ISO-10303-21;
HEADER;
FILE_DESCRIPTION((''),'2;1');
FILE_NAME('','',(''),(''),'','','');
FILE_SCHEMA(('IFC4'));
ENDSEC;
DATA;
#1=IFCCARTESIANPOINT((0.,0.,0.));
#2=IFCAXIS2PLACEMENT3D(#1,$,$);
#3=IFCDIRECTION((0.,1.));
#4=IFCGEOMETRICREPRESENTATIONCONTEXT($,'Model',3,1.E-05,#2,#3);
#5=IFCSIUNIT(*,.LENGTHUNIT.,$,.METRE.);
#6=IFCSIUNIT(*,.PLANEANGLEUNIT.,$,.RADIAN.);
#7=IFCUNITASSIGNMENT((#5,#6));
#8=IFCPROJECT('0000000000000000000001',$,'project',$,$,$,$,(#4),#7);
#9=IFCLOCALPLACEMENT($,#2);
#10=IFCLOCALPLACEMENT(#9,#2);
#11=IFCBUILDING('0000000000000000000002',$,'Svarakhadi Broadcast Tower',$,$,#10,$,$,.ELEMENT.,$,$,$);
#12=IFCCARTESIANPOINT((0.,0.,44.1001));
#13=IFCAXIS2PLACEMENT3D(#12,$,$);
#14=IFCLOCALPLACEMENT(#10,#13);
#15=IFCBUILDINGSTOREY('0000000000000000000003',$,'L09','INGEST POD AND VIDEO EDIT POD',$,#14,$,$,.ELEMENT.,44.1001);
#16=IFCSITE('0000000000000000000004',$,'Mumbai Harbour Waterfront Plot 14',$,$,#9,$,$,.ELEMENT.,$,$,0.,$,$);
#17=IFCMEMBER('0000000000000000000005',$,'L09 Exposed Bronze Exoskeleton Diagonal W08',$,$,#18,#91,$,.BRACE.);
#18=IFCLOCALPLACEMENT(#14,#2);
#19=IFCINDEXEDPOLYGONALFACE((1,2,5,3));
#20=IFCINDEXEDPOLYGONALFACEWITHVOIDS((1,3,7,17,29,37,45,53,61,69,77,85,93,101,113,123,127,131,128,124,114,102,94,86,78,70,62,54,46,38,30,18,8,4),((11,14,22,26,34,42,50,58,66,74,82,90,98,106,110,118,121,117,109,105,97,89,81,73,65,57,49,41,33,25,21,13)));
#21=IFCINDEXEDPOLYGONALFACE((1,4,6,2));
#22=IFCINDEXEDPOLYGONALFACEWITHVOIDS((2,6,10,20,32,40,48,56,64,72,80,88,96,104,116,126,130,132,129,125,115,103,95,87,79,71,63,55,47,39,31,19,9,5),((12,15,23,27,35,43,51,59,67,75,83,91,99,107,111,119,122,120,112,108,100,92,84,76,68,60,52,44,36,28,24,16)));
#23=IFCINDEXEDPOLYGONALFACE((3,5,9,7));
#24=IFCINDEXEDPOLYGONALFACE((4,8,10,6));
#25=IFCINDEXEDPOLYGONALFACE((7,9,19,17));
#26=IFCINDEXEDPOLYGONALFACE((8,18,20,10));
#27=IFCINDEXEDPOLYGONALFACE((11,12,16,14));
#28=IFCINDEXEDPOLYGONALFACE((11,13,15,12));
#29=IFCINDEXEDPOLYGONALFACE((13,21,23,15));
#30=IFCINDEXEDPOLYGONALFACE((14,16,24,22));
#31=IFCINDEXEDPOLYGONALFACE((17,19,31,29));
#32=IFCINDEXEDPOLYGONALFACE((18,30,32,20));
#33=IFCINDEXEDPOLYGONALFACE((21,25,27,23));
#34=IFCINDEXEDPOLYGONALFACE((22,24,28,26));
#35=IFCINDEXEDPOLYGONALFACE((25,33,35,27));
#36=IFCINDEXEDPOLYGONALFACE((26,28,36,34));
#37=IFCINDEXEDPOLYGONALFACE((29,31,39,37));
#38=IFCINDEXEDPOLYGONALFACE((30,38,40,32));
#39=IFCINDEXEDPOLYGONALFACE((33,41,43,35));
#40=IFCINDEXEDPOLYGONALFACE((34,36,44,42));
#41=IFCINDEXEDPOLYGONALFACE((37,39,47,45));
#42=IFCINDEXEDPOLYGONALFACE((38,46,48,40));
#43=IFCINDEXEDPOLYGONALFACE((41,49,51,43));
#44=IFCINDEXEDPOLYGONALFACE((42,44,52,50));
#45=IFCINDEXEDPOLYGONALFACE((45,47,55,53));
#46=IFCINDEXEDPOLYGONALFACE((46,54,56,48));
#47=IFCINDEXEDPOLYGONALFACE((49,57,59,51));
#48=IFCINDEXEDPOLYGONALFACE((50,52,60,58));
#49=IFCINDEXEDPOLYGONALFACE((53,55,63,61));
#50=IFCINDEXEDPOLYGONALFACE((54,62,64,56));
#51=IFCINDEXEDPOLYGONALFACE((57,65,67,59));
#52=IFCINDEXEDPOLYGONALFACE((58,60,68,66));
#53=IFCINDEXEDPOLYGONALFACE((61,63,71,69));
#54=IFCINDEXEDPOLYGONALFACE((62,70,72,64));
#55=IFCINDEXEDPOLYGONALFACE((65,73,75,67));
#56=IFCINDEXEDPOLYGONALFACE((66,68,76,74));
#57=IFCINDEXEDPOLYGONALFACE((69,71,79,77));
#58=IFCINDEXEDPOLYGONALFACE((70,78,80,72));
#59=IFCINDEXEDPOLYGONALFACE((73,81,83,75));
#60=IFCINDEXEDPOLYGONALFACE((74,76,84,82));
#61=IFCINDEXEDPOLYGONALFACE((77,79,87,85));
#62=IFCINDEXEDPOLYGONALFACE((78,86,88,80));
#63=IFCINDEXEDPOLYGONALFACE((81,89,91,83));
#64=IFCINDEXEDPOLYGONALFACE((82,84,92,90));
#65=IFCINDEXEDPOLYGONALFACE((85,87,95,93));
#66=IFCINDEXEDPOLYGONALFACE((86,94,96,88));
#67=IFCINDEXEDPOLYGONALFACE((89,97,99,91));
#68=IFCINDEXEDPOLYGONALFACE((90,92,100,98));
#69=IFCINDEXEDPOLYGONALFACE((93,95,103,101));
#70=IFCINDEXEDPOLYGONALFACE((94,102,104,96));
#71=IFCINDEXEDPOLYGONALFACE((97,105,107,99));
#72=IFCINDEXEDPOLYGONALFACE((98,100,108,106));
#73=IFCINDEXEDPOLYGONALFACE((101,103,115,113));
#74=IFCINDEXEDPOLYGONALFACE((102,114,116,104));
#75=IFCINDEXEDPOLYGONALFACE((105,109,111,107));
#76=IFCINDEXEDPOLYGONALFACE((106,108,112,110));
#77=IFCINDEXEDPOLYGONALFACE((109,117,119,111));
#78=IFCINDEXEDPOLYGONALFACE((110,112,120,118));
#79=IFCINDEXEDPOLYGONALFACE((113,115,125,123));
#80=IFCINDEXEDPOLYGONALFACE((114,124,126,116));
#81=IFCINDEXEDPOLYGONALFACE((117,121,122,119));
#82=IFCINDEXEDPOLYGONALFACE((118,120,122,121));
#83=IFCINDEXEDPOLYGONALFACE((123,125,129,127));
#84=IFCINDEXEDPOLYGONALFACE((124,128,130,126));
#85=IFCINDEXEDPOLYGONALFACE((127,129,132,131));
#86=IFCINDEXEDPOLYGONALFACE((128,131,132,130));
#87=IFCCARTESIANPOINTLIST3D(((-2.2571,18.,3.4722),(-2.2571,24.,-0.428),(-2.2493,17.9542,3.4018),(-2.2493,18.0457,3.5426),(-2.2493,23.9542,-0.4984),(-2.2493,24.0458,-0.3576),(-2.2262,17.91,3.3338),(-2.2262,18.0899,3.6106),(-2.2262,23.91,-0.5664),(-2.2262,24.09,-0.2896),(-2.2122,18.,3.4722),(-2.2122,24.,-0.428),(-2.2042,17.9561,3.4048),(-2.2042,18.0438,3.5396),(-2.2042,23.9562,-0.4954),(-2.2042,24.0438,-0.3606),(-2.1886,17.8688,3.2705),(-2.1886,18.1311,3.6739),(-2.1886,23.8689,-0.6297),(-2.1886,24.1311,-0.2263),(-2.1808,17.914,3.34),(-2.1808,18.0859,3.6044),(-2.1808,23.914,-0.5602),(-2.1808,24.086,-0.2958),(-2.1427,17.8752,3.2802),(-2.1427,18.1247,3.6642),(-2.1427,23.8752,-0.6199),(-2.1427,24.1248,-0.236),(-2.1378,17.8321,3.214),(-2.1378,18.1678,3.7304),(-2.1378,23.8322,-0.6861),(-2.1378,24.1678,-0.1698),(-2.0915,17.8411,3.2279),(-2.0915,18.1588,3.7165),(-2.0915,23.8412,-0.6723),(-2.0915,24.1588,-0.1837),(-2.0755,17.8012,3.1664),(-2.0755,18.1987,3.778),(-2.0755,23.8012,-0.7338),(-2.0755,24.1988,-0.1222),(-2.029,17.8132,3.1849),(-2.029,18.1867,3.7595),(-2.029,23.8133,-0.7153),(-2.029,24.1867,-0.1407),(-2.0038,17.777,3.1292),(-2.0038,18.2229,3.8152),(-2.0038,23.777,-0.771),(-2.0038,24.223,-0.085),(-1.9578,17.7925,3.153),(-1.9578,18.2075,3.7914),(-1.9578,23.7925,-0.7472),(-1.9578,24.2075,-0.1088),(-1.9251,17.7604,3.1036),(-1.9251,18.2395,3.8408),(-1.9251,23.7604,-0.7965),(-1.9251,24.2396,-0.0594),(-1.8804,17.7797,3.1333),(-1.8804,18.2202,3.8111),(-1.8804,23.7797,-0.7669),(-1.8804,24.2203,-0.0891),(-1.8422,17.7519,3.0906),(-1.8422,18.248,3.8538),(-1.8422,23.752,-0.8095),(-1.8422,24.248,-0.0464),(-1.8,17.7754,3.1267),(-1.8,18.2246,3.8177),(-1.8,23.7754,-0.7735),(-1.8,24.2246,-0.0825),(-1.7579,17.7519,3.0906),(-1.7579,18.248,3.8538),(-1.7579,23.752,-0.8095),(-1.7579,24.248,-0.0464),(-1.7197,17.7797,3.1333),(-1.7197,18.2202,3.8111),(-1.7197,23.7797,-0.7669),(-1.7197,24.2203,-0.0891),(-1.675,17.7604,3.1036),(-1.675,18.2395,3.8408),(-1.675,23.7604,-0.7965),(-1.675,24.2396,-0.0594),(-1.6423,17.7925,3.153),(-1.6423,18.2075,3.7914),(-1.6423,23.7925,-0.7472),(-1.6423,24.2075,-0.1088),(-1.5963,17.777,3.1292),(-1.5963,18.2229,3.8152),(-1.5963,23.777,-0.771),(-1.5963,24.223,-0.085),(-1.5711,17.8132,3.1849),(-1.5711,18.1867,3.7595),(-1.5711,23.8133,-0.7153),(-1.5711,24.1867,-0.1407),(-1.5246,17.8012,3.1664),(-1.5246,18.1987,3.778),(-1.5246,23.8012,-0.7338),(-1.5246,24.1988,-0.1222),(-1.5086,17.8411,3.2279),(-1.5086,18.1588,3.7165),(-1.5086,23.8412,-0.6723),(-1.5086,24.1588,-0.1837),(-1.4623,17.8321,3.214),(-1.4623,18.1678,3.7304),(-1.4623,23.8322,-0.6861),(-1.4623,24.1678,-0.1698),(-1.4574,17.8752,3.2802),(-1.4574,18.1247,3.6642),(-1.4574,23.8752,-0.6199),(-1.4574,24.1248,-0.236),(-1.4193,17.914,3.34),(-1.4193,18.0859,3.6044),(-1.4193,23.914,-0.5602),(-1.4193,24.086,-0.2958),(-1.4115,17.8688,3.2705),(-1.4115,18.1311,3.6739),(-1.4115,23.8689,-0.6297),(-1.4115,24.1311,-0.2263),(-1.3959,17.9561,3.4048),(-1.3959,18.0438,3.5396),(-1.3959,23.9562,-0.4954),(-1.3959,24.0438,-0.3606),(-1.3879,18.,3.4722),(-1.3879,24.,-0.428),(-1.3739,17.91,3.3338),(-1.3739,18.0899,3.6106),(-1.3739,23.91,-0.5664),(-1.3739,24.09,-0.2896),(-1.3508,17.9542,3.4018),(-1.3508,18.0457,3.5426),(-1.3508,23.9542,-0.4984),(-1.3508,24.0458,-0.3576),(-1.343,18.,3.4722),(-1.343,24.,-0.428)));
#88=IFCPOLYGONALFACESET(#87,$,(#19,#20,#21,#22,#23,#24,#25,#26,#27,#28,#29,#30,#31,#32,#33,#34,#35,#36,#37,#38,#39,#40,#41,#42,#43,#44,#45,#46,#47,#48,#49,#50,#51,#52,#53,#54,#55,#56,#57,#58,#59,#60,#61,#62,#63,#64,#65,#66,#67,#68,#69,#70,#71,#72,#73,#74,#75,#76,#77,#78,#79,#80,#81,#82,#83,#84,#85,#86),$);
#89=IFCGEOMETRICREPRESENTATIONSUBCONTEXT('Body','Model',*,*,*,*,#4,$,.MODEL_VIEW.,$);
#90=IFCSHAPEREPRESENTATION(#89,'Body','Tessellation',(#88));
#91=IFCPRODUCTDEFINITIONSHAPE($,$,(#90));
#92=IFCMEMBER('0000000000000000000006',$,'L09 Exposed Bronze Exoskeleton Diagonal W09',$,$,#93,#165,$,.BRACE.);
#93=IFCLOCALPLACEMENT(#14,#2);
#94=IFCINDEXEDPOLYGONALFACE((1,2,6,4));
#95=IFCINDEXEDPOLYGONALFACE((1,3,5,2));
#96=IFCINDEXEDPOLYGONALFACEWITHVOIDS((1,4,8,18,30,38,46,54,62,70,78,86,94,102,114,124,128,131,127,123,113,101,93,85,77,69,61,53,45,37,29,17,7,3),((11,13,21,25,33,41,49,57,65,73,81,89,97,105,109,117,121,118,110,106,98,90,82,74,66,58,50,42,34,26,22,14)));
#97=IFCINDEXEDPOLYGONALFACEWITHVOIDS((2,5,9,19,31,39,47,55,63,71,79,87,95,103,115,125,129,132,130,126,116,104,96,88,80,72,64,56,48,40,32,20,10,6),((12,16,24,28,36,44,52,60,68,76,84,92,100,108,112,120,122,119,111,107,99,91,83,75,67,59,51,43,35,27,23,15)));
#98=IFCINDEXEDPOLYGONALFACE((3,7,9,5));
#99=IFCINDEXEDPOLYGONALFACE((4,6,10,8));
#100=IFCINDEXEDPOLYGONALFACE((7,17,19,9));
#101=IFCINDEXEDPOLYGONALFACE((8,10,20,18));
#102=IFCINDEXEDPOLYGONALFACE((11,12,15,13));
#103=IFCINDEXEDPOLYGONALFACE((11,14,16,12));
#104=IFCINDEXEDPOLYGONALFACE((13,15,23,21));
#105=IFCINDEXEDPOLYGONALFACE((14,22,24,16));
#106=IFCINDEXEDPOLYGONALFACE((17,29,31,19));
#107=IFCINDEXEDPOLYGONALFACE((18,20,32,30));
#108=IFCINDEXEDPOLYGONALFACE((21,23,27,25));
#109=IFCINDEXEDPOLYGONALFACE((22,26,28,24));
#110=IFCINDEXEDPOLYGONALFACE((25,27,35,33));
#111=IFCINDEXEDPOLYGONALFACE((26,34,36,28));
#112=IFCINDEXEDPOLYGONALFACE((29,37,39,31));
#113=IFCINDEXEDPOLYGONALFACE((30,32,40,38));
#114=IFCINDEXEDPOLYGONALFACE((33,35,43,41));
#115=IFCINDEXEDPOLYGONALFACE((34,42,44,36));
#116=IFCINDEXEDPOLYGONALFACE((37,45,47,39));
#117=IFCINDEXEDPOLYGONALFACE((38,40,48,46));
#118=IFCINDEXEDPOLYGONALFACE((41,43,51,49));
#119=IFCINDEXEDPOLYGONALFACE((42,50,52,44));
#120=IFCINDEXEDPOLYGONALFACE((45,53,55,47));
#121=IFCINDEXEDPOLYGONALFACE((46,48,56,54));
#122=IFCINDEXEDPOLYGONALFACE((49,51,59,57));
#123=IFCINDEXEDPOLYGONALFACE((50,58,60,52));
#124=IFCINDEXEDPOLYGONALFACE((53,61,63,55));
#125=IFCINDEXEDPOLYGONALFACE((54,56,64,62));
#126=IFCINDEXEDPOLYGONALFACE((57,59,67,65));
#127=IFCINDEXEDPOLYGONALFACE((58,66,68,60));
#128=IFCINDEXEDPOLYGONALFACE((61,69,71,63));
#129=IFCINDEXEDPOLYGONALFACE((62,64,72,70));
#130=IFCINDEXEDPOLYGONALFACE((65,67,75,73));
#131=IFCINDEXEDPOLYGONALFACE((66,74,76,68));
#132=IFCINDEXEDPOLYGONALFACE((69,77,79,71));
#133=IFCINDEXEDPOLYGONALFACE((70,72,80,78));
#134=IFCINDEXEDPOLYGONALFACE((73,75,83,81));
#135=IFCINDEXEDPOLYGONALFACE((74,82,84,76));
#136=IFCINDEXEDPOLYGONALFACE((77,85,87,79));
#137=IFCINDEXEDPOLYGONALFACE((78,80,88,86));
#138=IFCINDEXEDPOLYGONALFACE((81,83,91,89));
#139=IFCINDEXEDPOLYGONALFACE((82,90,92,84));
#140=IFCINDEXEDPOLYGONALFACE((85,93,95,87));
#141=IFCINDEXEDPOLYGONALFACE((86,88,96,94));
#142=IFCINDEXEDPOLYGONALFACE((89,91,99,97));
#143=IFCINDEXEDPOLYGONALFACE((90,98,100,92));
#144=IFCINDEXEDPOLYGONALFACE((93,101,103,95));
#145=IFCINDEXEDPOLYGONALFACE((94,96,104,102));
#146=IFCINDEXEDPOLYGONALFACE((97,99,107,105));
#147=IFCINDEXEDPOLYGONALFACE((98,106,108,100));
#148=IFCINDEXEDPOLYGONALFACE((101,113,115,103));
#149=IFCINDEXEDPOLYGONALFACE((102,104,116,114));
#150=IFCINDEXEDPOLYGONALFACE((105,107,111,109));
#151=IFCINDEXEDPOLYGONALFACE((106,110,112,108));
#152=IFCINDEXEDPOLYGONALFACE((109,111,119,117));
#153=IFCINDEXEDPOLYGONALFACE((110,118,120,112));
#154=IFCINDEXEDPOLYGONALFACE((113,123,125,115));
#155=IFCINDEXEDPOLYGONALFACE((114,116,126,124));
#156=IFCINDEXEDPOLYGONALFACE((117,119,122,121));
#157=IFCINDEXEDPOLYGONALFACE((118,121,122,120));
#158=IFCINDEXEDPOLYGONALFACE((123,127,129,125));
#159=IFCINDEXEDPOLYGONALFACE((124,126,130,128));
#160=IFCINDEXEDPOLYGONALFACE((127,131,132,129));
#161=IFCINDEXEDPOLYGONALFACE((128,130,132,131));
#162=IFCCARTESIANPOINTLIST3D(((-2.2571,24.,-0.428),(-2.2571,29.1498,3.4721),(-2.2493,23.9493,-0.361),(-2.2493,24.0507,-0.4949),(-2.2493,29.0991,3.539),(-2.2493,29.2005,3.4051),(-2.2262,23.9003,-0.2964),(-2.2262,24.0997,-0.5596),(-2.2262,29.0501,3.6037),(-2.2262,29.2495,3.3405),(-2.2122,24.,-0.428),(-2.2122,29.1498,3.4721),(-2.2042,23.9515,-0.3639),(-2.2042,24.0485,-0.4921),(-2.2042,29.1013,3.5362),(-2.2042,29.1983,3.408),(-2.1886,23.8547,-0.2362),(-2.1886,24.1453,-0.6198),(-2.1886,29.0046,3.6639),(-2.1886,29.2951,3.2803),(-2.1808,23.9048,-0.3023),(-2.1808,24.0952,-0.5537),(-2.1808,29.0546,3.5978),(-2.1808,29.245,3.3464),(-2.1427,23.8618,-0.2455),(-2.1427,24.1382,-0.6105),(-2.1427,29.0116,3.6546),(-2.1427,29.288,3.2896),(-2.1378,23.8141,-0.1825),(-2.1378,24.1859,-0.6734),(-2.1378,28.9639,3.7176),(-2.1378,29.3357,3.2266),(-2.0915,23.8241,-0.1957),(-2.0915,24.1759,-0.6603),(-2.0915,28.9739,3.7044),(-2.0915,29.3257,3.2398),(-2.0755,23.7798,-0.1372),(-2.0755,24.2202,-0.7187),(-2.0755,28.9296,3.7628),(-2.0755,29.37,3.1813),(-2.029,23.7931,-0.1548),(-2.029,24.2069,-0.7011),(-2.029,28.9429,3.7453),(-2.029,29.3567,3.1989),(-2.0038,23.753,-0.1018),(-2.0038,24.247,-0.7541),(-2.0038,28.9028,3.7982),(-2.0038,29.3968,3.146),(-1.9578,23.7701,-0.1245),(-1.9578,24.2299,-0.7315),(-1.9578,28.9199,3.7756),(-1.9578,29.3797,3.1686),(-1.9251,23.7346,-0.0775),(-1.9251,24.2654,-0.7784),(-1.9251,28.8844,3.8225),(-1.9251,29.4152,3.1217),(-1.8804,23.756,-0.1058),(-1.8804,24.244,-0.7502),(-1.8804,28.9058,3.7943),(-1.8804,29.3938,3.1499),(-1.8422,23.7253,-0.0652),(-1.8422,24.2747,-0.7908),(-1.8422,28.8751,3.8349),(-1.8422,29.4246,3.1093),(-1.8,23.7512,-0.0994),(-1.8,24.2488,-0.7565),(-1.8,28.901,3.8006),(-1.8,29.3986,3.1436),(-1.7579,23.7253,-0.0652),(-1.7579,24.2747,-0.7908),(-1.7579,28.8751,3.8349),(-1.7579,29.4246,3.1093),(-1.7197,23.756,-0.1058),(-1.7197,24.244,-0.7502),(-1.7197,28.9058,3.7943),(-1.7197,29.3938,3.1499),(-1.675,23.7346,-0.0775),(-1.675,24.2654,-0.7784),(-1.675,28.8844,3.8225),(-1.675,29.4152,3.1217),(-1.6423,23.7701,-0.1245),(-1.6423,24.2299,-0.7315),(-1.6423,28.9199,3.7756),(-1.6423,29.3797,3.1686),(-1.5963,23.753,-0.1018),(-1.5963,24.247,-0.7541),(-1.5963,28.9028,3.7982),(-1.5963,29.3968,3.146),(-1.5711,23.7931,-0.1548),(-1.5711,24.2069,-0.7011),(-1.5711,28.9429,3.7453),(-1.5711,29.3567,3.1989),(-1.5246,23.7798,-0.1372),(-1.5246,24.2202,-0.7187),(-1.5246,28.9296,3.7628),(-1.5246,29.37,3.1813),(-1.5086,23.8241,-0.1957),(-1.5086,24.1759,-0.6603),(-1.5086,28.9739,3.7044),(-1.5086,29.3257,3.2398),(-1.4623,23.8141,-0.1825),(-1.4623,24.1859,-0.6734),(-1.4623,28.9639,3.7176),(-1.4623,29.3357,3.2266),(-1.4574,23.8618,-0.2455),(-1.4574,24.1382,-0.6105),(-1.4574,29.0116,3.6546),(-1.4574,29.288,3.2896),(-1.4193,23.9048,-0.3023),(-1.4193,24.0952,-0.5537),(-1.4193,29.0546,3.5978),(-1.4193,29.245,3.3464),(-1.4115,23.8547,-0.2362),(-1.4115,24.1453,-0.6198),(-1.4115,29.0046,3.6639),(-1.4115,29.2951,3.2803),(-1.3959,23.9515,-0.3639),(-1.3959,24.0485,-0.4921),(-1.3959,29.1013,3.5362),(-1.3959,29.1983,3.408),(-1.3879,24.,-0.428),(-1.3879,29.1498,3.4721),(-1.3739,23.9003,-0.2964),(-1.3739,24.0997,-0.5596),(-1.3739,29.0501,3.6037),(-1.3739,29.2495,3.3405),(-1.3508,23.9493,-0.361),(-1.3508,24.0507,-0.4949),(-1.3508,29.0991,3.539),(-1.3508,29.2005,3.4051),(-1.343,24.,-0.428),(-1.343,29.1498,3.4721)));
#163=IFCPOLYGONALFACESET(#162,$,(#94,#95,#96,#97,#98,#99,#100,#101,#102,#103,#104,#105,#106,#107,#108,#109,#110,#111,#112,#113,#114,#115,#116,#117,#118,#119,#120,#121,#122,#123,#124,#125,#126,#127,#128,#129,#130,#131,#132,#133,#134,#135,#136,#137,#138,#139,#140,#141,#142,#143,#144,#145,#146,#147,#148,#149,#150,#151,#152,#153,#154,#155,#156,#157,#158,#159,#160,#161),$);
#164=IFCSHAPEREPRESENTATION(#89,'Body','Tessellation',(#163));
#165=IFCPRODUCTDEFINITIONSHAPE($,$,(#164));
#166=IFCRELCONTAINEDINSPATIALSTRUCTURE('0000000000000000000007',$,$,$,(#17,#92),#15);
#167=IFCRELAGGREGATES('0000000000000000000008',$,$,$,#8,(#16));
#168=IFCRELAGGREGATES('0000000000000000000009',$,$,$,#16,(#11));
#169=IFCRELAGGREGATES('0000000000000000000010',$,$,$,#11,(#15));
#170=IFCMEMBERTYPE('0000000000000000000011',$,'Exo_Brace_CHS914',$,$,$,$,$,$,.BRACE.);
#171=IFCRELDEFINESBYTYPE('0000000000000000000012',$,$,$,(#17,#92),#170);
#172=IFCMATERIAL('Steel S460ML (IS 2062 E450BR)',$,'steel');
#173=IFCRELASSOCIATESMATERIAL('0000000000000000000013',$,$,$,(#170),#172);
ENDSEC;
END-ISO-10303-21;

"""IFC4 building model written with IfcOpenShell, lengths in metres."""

from ifc_helpers import new_model, si_unit, direction, frame, origin, origin_2d, place, context, subcontext, project, spatial, hollow_circle, extrude, material, material_profile, profile_set, type_object, element, save


model = new_model("IFC4")

# Units and contexts
model_context = context("Model", 3, precision=1e-05, world=origin(), true_north=direction((0.0, 1.0)))
body_context = subcontext(model_context, "Body", "Model", "MODEL_VIEW")
ifc_project = project(units=[si_unit("LENGTHUNIT", "METRE"), si_unit("PLANEANGLEUNIT", "RADIAN")], contexts=[model_context])

# Site, building, storey
site_placement = place(None, origin())
site = spatial("IfcSite", under=ifc_project, at=site_placement, Name="Mumbai Harbour Waterfront Plot 14", CompositionType="ELEMENT", RefElevation=0.0)
building_placement = place(site_placement, origin())
building = spatial("IfcBuilding", under=site, at=building_placement, Name="Svarakhadi Broadcast Tower", CompositionType="ELEMENT")
storey_placement = place(building_placement, frame((0.0, 0.0, 44.1001)))
storey = spatial("IfcBuildingStorey", under=building, at=storey_placement, Name="L09", Description="INGEST POD AND VIDEO EDIT POD", CompositionType="ELEMENT", Elevation=44.1001)

# Shared definitions
ifc_material_1 = material(Name="Steel S460ML (IS 2062 E450BR)", Category="steel")

# Members
ifc_material_profile_1 = material_profile(ifc_material_1, hollow_circle(Radius=0.457, WallThickness=0.0449, at=origin_2d()), Name="CHS 914x45")
ifc_profile_set_1 = profile_set([ifc_material_profile_1], Name="Steel S460ML (IS 2062 E450BR)")
member_type_1 = type_object("IfcMemberType", Name="Exo_Brace_CHS914", PredefinedType="BRACE", material=ifc_profile_set_1)
member_1_placement = place(storey_placement, frame((-1.8, 24.0, -0.428), z_axis=(0.0, -0.838434, 0.545003), x_axis=(1.0, 0.0, 0.0)))
element("IfcMember", 1, at=member_1_placement, inside=storey, type_object=member_type_1, Name="L09 Exposed Bronze Exoskeleton Diagonal W08", PredefinedType="BRACE", context=body_context, shape_type="SweptSolid", body=[
    extrude(hollow_circle(Radius=0.457, WallThickness=0.0449, at=origin_2d()), origin(), (0.0, 0.0, 1.0), 7.1562),
])
member_2_placement = place(storey_placement, frame((-1.8, 24.0, -0.428), z_axis=(0.0, 0.797189, 0.60373), x_axis=(-1.0, 0.0, 0.0)))
element("IfcMember", 2, at=member_2_placement, inside=storey, type_object=member_type_1, Name="L09 Exposed Bronze Exoskeleton Diagonal W09", PredefinedType="BRACE", context=body_context, shape_type="SweptSolid", body=[
    extrude(hollow_circle(Radius=0.457, WallThickness=0.0449, at=origin_2d()), origin(), (0.0, 0.0, 1.0), 6.46),
])

save(model, "model.ifc")
